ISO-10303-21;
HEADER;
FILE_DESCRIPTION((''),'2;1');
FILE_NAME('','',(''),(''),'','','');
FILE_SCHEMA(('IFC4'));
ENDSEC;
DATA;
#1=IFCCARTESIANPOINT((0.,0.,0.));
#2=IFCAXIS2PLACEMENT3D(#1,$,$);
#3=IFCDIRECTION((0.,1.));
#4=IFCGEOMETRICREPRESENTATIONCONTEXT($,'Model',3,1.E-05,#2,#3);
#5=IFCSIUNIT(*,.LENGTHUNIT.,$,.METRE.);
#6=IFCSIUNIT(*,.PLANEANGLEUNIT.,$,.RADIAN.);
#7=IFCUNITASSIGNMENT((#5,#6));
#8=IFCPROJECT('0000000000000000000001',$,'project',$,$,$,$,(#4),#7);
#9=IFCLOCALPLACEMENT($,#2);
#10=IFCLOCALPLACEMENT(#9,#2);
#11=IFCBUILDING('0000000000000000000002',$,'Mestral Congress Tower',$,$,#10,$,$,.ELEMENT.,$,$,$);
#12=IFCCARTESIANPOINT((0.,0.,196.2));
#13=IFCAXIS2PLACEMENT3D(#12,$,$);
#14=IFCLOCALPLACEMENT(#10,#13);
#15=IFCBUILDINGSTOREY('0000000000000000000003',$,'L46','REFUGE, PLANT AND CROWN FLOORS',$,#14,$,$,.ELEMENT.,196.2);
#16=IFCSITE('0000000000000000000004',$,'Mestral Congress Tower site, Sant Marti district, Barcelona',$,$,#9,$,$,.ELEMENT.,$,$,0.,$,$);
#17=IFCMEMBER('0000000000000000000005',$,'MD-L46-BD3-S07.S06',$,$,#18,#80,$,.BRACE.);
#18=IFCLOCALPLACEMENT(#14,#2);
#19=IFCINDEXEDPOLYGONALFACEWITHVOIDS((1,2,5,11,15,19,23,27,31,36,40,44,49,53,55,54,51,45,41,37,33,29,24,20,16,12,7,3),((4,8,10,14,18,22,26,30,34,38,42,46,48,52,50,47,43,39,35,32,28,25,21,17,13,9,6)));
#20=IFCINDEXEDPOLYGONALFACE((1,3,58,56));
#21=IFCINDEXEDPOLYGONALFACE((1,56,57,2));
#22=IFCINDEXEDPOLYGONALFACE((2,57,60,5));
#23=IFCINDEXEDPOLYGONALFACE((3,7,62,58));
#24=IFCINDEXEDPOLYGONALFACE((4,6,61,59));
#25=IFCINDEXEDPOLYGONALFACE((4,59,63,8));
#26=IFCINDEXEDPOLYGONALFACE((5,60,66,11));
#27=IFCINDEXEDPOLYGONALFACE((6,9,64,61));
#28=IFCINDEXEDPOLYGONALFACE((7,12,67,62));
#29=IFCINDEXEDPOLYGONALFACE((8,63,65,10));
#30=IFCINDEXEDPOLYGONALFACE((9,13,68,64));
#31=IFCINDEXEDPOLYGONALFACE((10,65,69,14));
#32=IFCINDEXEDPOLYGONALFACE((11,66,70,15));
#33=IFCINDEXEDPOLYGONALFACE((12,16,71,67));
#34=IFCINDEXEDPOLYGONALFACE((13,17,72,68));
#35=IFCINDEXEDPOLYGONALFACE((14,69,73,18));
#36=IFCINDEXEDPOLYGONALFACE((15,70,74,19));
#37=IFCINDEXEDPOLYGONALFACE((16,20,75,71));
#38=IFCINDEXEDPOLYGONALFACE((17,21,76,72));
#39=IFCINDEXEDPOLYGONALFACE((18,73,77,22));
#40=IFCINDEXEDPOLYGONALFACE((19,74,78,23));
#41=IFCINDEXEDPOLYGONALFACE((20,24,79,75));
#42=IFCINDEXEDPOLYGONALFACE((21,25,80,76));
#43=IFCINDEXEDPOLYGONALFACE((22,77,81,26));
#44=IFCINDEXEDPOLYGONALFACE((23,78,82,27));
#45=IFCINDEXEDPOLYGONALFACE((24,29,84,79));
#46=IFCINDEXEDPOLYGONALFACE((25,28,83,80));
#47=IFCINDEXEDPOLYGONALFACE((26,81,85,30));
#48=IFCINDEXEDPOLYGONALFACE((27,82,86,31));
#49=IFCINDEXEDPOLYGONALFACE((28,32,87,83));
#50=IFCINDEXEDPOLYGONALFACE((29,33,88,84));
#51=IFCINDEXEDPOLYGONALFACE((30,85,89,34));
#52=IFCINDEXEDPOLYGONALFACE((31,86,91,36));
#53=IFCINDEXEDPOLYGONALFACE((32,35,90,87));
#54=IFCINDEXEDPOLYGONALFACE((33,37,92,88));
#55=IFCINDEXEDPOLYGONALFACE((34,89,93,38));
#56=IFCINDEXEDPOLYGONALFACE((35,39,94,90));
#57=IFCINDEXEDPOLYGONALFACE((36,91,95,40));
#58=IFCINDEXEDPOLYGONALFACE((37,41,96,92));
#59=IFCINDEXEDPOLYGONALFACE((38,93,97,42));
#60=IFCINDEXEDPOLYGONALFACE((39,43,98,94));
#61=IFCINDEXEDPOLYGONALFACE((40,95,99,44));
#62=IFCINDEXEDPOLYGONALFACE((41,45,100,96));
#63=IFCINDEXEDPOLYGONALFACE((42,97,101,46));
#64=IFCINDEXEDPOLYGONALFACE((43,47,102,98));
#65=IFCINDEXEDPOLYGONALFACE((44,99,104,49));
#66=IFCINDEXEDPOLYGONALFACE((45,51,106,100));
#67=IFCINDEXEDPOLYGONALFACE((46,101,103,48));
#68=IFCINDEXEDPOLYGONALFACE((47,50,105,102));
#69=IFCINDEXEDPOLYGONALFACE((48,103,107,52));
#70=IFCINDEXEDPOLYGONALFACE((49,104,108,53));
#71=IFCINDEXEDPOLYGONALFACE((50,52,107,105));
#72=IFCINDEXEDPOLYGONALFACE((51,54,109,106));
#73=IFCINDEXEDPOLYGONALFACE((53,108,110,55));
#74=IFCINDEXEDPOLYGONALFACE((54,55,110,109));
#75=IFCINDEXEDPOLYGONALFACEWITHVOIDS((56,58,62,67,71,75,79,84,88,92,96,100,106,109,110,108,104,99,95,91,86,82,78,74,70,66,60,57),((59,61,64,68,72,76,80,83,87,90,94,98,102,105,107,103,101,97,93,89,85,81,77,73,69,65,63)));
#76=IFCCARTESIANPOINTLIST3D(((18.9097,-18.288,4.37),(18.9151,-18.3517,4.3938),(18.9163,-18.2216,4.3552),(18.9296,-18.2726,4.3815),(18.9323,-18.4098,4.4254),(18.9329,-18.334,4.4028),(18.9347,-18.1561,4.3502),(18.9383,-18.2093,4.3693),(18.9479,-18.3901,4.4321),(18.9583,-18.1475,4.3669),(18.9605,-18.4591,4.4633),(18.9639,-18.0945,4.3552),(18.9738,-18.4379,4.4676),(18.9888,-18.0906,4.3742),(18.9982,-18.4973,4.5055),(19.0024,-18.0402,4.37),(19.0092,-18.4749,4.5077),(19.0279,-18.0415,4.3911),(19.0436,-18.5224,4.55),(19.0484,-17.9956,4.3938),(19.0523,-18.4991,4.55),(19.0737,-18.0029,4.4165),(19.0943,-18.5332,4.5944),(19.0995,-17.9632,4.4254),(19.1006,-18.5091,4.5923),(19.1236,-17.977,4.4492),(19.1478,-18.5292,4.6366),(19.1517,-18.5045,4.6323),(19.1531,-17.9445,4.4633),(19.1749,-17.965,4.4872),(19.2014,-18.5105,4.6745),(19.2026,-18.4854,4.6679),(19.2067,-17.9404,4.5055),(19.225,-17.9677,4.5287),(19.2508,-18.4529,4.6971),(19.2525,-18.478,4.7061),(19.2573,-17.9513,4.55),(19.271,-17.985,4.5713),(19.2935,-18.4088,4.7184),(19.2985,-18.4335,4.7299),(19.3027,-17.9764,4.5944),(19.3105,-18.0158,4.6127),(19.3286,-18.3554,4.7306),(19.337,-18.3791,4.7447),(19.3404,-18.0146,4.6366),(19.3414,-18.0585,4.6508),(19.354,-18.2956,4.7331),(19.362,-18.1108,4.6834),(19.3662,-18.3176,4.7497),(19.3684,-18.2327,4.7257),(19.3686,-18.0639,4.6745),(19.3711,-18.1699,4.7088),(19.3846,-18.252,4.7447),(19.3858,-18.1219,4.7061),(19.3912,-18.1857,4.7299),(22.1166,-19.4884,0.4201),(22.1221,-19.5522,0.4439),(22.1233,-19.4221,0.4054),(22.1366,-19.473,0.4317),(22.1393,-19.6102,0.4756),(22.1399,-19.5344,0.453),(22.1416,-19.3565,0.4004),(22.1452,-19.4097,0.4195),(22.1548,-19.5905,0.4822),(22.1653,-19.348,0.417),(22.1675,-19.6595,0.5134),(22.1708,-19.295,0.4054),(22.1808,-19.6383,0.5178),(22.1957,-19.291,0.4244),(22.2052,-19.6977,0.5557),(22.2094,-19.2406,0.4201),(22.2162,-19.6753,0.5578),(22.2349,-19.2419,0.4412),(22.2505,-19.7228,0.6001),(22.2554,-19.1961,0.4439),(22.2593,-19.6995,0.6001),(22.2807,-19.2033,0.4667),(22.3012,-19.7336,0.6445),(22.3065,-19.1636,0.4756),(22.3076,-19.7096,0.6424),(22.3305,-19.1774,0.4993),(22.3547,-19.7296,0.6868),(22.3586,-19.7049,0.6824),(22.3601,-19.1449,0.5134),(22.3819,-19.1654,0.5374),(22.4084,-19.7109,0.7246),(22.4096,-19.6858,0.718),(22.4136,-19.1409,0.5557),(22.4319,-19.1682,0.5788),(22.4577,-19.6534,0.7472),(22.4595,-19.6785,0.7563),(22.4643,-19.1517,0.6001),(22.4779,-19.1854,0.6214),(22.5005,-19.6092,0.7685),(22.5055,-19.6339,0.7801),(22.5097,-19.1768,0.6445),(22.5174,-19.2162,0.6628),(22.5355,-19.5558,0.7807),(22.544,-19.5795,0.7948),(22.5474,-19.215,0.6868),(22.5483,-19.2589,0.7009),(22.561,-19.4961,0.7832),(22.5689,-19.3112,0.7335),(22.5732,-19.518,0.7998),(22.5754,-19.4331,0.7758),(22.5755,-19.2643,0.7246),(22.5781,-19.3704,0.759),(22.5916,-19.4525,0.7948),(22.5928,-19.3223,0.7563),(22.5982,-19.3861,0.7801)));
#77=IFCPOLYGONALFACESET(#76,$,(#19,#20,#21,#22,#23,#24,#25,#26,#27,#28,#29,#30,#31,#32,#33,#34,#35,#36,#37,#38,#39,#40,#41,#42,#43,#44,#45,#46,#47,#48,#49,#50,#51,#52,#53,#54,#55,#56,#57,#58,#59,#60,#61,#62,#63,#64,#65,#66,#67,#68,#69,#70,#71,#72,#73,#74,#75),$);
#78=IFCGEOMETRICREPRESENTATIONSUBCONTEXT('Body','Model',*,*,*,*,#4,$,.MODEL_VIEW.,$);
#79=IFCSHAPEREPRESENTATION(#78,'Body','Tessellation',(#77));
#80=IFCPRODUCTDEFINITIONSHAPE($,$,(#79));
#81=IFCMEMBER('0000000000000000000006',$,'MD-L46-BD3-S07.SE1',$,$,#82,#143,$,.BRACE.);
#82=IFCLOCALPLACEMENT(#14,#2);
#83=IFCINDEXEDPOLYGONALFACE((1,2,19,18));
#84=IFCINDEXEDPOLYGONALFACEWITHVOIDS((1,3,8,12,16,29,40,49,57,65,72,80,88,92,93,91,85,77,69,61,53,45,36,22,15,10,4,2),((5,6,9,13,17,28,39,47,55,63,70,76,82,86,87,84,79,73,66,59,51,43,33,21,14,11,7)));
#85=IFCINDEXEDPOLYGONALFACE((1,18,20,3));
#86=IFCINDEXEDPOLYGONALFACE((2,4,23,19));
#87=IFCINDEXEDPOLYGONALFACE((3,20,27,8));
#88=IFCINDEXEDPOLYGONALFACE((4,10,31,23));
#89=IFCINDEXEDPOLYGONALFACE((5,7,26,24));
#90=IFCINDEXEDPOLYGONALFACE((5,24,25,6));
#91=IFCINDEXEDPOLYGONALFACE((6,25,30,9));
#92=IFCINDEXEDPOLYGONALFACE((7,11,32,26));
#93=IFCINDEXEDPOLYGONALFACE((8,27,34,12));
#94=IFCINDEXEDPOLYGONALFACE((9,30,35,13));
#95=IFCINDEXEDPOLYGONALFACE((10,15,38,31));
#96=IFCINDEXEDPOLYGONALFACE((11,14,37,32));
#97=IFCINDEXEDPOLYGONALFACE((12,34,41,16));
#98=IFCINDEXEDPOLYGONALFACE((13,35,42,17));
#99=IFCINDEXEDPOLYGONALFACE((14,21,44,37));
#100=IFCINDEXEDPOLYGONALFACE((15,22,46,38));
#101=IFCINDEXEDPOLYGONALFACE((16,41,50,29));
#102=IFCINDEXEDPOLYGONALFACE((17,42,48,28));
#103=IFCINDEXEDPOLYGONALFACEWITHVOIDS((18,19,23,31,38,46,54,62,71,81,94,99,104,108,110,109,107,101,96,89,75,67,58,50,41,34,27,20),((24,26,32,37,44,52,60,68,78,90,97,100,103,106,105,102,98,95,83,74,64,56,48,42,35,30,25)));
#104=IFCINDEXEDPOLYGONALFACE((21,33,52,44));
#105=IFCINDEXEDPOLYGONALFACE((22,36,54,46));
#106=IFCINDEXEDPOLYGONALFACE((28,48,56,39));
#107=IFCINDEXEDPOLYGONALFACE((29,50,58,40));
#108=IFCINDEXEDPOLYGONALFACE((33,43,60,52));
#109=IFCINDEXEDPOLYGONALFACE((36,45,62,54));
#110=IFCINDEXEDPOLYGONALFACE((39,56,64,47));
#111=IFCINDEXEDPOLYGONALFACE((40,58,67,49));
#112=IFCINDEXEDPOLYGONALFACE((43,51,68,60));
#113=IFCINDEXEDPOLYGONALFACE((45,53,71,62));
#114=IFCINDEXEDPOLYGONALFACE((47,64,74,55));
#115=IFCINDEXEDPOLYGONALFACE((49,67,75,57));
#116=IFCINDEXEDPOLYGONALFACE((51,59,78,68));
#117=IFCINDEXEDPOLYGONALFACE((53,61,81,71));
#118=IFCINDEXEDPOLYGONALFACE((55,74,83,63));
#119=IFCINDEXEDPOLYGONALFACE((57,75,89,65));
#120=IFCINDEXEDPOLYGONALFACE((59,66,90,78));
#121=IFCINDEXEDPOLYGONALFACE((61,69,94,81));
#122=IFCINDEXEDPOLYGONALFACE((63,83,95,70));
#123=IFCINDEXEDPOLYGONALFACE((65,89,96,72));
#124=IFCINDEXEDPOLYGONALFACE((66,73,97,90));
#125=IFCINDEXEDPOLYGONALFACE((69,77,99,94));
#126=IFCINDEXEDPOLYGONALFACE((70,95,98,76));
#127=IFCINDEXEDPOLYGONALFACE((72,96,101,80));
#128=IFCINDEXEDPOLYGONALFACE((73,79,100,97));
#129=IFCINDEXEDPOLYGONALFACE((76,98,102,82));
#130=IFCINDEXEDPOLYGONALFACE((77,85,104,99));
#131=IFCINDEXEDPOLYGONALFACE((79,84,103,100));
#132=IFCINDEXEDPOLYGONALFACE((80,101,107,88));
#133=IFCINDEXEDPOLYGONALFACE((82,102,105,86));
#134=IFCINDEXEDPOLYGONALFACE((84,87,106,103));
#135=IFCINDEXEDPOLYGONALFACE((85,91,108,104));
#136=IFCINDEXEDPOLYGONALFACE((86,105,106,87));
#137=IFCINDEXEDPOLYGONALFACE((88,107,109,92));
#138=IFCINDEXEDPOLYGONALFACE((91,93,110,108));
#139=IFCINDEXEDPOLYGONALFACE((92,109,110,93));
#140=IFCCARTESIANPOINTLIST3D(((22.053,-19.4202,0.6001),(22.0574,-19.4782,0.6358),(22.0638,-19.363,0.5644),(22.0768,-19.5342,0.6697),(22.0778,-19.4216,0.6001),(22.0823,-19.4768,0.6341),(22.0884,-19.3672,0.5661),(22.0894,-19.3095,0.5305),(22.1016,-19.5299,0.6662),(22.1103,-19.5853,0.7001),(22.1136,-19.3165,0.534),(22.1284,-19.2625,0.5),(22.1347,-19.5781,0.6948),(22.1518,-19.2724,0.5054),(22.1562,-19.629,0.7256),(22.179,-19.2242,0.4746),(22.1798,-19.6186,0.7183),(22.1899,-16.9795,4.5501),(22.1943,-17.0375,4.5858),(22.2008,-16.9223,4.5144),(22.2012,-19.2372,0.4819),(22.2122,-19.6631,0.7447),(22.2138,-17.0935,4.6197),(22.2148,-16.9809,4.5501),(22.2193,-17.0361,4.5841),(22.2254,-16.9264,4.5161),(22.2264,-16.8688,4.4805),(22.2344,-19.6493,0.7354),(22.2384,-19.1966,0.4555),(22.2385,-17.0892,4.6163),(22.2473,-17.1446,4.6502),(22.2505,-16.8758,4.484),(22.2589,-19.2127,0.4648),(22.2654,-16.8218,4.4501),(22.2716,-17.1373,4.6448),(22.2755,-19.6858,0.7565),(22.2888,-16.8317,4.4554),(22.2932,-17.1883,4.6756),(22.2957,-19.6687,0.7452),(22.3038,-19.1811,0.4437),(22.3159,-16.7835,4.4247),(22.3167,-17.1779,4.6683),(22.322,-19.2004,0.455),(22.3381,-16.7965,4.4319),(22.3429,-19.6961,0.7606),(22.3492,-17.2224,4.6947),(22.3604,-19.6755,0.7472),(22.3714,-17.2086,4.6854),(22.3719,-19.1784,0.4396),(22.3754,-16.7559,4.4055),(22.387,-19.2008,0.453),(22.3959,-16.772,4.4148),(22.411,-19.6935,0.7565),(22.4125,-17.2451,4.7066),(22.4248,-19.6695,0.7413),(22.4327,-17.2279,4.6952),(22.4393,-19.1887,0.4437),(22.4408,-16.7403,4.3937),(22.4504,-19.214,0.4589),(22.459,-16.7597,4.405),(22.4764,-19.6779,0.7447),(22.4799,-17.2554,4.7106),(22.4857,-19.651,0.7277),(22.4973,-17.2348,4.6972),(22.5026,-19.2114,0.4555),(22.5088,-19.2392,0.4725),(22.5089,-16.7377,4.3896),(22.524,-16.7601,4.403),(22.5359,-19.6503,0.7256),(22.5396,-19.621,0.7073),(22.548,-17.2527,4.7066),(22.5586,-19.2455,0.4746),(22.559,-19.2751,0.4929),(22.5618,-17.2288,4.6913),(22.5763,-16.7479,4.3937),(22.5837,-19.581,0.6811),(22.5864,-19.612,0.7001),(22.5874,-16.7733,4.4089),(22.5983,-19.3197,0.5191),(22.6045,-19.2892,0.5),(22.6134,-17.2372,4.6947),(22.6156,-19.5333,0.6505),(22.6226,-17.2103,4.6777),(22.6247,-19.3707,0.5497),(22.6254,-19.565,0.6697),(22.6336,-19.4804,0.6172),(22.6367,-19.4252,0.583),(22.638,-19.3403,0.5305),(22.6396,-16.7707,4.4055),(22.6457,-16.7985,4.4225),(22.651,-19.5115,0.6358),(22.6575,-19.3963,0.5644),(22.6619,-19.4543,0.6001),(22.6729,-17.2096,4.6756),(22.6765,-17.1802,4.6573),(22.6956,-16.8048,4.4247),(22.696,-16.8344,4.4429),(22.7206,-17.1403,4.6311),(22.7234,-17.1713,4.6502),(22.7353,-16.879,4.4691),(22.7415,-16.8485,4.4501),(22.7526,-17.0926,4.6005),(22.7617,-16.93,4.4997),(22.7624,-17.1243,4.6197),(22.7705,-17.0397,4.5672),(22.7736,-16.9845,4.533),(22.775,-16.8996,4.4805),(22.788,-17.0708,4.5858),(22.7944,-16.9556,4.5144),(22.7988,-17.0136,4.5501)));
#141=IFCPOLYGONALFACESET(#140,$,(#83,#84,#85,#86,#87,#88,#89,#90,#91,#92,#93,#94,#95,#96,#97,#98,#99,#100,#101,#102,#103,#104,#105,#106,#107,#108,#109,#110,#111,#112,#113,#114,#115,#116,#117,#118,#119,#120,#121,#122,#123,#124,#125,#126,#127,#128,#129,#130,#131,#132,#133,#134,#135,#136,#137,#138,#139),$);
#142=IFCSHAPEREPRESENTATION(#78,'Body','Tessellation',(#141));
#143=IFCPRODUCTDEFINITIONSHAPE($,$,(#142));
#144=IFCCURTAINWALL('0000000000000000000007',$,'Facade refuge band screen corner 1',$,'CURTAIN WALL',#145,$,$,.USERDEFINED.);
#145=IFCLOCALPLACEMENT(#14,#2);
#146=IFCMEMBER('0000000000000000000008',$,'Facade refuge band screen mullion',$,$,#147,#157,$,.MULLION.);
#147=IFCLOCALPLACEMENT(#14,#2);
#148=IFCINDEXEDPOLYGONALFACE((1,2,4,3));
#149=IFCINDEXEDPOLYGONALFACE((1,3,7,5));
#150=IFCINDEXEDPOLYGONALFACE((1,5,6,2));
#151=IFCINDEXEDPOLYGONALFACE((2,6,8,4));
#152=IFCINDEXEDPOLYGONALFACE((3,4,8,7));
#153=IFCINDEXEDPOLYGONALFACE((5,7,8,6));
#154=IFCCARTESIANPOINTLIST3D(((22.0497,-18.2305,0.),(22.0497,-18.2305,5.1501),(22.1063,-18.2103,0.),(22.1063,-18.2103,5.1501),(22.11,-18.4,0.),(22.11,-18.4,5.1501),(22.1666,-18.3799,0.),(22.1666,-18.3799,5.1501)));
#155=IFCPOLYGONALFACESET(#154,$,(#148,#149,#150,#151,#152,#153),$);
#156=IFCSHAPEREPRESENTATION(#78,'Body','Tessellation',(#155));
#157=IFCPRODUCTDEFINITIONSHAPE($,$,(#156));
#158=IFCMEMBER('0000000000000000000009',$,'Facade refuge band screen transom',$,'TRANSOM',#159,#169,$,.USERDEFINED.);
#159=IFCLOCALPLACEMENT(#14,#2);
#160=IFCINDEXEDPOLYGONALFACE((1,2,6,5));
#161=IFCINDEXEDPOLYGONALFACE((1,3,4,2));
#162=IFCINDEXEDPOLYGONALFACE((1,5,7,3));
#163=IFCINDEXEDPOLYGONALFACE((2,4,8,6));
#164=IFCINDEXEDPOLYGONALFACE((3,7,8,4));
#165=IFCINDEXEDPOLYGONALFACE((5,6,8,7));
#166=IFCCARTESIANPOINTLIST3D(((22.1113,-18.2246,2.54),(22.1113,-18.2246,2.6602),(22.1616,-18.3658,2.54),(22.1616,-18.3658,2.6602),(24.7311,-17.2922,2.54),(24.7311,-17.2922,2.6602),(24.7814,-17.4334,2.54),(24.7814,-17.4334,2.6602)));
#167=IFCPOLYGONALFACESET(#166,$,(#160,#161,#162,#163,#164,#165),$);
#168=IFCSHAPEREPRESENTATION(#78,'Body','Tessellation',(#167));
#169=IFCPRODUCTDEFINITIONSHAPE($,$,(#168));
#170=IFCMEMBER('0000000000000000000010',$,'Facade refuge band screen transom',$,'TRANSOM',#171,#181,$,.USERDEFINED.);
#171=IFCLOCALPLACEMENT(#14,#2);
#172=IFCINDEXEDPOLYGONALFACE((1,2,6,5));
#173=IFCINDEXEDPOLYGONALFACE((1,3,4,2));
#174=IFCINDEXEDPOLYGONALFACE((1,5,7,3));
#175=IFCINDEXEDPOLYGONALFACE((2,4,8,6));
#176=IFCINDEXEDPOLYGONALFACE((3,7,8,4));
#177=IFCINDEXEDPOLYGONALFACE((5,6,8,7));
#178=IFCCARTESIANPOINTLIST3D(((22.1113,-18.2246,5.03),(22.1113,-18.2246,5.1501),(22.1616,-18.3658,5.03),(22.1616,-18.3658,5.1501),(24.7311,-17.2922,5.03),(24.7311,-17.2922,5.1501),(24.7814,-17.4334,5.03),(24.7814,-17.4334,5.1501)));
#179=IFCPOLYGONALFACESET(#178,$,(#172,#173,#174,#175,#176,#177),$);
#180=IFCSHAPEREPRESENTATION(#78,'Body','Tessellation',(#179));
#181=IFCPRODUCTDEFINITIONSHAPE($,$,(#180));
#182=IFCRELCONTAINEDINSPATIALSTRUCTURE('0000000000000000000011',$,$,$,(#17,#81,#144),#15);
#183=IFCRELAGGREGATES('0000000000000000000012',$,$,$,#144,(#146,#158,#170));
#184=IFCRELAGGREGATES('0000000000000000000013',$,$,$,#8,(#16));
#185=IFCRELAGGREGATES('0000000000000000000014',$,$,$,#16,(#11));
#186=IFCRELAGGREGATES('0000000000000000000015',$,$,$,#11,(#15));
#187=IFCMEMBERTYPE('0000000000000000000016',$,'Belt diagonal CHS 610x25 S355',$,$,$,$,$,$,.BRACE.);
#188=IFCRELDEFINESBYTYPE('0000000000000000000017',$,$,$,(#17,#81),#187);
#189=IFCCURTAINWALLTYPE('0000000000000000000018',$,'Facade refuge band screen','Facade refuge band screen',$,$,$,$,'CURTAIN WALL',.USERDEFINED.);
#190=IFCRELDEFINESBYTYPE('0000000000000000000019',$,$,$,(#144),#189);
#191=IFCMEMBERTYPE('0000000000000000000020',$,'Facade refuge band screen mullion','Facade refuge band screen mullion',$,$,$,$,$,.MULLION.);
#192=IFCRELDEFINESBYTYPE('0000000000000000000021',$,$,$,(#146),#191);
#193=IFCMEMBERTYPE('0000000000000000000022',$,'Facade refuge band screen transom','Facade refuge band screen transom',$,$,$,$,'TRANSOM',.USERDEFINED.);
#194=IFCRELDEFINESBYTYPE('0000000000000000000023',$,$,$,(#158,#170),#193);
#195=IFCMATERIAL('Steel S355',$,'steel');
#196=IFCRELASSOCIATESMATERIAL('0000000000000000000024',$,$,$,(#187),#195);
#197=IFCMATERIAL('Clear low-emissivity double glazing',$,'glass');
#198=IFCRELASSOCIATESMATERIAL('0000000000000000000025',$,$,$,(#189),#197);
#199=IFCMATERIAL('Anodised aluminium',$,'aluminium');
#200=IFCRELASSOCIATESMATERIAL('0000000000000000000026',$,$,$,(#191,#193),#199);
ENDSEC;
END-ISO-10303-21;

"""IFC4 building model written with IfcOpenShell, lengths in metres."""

from ifc_helpers import new_model, si_unit, direction, frame, origin, origin_2d, place, context, subcontext, project, spatial, rectangle, hollow_circle, extrude, material, material_profile, profile_set, type_object, element, aggregate, save


model = new_model("IFC4")

# Units and contexts
model_context = context("Model", 3, precision=1e-05, world=origin(), true_north=direction((0.0, 1.0)))
body_context = subcontext(model_context, "Body", "Model", "MODEL_VIEW")
ifc_project = project(units=[si_unit("LENGTHUNIT", "METRE"), si_unit("PLANEANGLEUNIT", "RADIAN")], contexts=[model_context])

# Site, building, storey
site_placement = place(None, origin())
site = spatial("IfcSite", under=ifc_project, at=site_placement, Name="Mestral Congress Tower site, Sant Marti district, Barcelona", CompositionType="ELEMENT", RefElevation=0.0)
building_placement = place(site_placement, origin())
building = spatial("IfcBuilding", under=site, at=building_placement, Name="Mestral Congress Tower", CompositionType="ELEMENT")
storey_placement = place(building_placement, frame((0.0, 0.0, 196.2)))
storey = spatial("IfcBuildingStorey", under=building, at=storey_placement, Name="L46", Description="REFUGE, PLANT AND CROWN FLOORS", CompositionType="ELEMENT", Elevation=196.2)

# Members
ifc_material_1 = material(Name="Steel S355", Category="steel")
ifc_material_profile_1 = material_profile(ifc_material_1, hollow_circle(Radius=0.3049, WallThickness=0.0249, at=origin_2d()), Name="CHS 610x25")
ifc_profile_set_1 = profile_set([ifc_material_profile_1], Name="Steel S355")
member_type_1 = type_object("IfcMemberType", Name="Belt diagonal CHS 610x25 S355", PredefinedType="BRACE", material=ifc_profile_set_1)
member_1_placement = place(storey_placement, frame((22.3574, -19.4373, 0.6001), z_axis=(-0.613476, 0.229633, 0.75559), x_axis=(-0.350561, -0.93654, 0.0)))
element("IfcMember", 1, at=member_1_placement, inside=storey, type_object=member_type_1, Name="MD-L46-BD3-S07.S06", PredefinedType="BRACE", context=body_context, shape_type="SweptSolid", body=[
    extrude(hollow_circle(Radius=0.3049, WallThickness=0.0249, at=origin_2d()), origin(), (0.0, 0.0, 1.0), 5.2275),
])
member_2_placement = place(storey_placement, frame((22.3574, -19.4373, 0.6001), z_axis=(0.029485, 0.52542, 0.850332), x_axis=(-0.998429, 0.056029, 0.0)))
element("IfcMember", 2, at=member_2_placement, inside=storey, type_object=member_type_1, Name="MD-L46-BD3-S07.SE1", PredefinedType="BRACE", context=body_context, shape_type="SweptSolid", body=[
    extrude(hollow_circle(Radius=0.3049, WallThickness=0.0249, at=origin_2d()), origin(), (0.0, 0.0, 1.0), 4.6453),
])

# Curtain wall, members
ifc_material_2 = material(Name="Clear low-emissivity double glazing", Category="glass")
curtain_wall_type = type_object("IfcCurtainWallType", Name="Facade refuge band screen", Description="Facade refuge band screen", ElementType="CURTAIN WALL", PredefinedType="USERDEFINED", material=ifc_material_2)
placement = place(storey_placement, origin())
curtain_wall_1 = element("IfcCurtainWall", 3, at=placement, inside=storey, type_object=curtain_wall_type, Name="Facade refuge band screen corner 1", ObjectType="CURTAIN WALL", PredefinedType="USERDEFINED")
ifc_material_3 = material(Name="Anodised aluminium", Category="aluminium")
ifc_material_profile_2 = material_profile(ifc_material_3, rectangle(XDim=0.1799, YDim=0.0601, at=origin_2d()), Name="CW3 mullion 180 x 60")
ifc_profile_set_2 = profile_set([ifc_material_profile_2], Name="Anodised aluminium")
member_type_2 = type_object("IfcMemberType", Name="Facade refuge band screen mullion", Description="Facade refuge band screen mullion", PredefinedType="MULLION", material=ifc_profile_set_2)
member_3_placement = place(storey_placement, frame((22.1082, -18.3052, 0.0), z_axis=(0.0, 0.0, 1.0), x_axis=(0.335302, -0.942111, 0.0)))
member_3 = element("IfcMember", 4, at=member_3_placement, type_object=member_type_2, Name="Facade refuge band screen mullion", PredefinedType="MULLION", context=body_context, shape_type="SweptSolid", body=[
    extrude(rectangle(XDim=0.1799, YDim=0.0601, at=origin_2d()), origin(), (0.0, 0.0, 1.0), 5.1501),
])
ifc_material_profile_3 = material_profile(ifc_material_3, rectangle(XDim=0.1499, YDim=0.1201, at=origin_2d()), Name="CW3 transom 150 x 120")
ifc_profile_set_3 = profile_set([ifc_material_profile_3], Name="Anodised aluminium")
member_type_3 = type_object("IfcMemberType", Name="Facade refuge band screen transom", Description="Facade refuge band screen transom", ElementType="TRANSOM", PredefinedType="USERDEFINED", material=ifc_profile_set_3)
member_4_placement = place(storey_placement, frame((22.1365, -18.2952, 2.6001), z_axis=(0.942117, 0.335285, 0.0), x_axis=(-0.335285, 0.942117, 0.0)))
member_4 = element("IfcMember", 5, at=member_4_placement, type_object=member_type_3, Name="Facade refuge band screen transom", ObjectType="TRANSOM", PredefinedType="USERDEFINED", context=body_context, shape_type="SweptSolid", body=[
    extrude(rectangle(XDim=0.1499, YDim=0.1201, at=origin_2d()), origin(), (0.0, 0.0, 1.0), 2.7808),
])
member_5_placement = place(storey_placement, frame((22.1365, -18.2952, 5.0901), z_axis=(0.942117, 0.335285, 0.0), x_axis=(-0.335285, 0.942117, 0.0)))
member_5 = element("IfcMember", 6, at=member_5_placement, type_object=member_type_3, Name="Facade refuge band screen transom", ObjectType="TRANSOM", PredefinedType="USERDEFINED", context=body_context, shape_type="SweptSolid", body=[
    extrude(rectangle(XDim=0.1499, YDim=0.1201, at=origin_2d()), origin(), (0.0, 0.0, 1.0), 2.7808),
])

aggregate(curtain_wall_1, [member_3, member_4, member_5])

save(model, "model.ifc")
